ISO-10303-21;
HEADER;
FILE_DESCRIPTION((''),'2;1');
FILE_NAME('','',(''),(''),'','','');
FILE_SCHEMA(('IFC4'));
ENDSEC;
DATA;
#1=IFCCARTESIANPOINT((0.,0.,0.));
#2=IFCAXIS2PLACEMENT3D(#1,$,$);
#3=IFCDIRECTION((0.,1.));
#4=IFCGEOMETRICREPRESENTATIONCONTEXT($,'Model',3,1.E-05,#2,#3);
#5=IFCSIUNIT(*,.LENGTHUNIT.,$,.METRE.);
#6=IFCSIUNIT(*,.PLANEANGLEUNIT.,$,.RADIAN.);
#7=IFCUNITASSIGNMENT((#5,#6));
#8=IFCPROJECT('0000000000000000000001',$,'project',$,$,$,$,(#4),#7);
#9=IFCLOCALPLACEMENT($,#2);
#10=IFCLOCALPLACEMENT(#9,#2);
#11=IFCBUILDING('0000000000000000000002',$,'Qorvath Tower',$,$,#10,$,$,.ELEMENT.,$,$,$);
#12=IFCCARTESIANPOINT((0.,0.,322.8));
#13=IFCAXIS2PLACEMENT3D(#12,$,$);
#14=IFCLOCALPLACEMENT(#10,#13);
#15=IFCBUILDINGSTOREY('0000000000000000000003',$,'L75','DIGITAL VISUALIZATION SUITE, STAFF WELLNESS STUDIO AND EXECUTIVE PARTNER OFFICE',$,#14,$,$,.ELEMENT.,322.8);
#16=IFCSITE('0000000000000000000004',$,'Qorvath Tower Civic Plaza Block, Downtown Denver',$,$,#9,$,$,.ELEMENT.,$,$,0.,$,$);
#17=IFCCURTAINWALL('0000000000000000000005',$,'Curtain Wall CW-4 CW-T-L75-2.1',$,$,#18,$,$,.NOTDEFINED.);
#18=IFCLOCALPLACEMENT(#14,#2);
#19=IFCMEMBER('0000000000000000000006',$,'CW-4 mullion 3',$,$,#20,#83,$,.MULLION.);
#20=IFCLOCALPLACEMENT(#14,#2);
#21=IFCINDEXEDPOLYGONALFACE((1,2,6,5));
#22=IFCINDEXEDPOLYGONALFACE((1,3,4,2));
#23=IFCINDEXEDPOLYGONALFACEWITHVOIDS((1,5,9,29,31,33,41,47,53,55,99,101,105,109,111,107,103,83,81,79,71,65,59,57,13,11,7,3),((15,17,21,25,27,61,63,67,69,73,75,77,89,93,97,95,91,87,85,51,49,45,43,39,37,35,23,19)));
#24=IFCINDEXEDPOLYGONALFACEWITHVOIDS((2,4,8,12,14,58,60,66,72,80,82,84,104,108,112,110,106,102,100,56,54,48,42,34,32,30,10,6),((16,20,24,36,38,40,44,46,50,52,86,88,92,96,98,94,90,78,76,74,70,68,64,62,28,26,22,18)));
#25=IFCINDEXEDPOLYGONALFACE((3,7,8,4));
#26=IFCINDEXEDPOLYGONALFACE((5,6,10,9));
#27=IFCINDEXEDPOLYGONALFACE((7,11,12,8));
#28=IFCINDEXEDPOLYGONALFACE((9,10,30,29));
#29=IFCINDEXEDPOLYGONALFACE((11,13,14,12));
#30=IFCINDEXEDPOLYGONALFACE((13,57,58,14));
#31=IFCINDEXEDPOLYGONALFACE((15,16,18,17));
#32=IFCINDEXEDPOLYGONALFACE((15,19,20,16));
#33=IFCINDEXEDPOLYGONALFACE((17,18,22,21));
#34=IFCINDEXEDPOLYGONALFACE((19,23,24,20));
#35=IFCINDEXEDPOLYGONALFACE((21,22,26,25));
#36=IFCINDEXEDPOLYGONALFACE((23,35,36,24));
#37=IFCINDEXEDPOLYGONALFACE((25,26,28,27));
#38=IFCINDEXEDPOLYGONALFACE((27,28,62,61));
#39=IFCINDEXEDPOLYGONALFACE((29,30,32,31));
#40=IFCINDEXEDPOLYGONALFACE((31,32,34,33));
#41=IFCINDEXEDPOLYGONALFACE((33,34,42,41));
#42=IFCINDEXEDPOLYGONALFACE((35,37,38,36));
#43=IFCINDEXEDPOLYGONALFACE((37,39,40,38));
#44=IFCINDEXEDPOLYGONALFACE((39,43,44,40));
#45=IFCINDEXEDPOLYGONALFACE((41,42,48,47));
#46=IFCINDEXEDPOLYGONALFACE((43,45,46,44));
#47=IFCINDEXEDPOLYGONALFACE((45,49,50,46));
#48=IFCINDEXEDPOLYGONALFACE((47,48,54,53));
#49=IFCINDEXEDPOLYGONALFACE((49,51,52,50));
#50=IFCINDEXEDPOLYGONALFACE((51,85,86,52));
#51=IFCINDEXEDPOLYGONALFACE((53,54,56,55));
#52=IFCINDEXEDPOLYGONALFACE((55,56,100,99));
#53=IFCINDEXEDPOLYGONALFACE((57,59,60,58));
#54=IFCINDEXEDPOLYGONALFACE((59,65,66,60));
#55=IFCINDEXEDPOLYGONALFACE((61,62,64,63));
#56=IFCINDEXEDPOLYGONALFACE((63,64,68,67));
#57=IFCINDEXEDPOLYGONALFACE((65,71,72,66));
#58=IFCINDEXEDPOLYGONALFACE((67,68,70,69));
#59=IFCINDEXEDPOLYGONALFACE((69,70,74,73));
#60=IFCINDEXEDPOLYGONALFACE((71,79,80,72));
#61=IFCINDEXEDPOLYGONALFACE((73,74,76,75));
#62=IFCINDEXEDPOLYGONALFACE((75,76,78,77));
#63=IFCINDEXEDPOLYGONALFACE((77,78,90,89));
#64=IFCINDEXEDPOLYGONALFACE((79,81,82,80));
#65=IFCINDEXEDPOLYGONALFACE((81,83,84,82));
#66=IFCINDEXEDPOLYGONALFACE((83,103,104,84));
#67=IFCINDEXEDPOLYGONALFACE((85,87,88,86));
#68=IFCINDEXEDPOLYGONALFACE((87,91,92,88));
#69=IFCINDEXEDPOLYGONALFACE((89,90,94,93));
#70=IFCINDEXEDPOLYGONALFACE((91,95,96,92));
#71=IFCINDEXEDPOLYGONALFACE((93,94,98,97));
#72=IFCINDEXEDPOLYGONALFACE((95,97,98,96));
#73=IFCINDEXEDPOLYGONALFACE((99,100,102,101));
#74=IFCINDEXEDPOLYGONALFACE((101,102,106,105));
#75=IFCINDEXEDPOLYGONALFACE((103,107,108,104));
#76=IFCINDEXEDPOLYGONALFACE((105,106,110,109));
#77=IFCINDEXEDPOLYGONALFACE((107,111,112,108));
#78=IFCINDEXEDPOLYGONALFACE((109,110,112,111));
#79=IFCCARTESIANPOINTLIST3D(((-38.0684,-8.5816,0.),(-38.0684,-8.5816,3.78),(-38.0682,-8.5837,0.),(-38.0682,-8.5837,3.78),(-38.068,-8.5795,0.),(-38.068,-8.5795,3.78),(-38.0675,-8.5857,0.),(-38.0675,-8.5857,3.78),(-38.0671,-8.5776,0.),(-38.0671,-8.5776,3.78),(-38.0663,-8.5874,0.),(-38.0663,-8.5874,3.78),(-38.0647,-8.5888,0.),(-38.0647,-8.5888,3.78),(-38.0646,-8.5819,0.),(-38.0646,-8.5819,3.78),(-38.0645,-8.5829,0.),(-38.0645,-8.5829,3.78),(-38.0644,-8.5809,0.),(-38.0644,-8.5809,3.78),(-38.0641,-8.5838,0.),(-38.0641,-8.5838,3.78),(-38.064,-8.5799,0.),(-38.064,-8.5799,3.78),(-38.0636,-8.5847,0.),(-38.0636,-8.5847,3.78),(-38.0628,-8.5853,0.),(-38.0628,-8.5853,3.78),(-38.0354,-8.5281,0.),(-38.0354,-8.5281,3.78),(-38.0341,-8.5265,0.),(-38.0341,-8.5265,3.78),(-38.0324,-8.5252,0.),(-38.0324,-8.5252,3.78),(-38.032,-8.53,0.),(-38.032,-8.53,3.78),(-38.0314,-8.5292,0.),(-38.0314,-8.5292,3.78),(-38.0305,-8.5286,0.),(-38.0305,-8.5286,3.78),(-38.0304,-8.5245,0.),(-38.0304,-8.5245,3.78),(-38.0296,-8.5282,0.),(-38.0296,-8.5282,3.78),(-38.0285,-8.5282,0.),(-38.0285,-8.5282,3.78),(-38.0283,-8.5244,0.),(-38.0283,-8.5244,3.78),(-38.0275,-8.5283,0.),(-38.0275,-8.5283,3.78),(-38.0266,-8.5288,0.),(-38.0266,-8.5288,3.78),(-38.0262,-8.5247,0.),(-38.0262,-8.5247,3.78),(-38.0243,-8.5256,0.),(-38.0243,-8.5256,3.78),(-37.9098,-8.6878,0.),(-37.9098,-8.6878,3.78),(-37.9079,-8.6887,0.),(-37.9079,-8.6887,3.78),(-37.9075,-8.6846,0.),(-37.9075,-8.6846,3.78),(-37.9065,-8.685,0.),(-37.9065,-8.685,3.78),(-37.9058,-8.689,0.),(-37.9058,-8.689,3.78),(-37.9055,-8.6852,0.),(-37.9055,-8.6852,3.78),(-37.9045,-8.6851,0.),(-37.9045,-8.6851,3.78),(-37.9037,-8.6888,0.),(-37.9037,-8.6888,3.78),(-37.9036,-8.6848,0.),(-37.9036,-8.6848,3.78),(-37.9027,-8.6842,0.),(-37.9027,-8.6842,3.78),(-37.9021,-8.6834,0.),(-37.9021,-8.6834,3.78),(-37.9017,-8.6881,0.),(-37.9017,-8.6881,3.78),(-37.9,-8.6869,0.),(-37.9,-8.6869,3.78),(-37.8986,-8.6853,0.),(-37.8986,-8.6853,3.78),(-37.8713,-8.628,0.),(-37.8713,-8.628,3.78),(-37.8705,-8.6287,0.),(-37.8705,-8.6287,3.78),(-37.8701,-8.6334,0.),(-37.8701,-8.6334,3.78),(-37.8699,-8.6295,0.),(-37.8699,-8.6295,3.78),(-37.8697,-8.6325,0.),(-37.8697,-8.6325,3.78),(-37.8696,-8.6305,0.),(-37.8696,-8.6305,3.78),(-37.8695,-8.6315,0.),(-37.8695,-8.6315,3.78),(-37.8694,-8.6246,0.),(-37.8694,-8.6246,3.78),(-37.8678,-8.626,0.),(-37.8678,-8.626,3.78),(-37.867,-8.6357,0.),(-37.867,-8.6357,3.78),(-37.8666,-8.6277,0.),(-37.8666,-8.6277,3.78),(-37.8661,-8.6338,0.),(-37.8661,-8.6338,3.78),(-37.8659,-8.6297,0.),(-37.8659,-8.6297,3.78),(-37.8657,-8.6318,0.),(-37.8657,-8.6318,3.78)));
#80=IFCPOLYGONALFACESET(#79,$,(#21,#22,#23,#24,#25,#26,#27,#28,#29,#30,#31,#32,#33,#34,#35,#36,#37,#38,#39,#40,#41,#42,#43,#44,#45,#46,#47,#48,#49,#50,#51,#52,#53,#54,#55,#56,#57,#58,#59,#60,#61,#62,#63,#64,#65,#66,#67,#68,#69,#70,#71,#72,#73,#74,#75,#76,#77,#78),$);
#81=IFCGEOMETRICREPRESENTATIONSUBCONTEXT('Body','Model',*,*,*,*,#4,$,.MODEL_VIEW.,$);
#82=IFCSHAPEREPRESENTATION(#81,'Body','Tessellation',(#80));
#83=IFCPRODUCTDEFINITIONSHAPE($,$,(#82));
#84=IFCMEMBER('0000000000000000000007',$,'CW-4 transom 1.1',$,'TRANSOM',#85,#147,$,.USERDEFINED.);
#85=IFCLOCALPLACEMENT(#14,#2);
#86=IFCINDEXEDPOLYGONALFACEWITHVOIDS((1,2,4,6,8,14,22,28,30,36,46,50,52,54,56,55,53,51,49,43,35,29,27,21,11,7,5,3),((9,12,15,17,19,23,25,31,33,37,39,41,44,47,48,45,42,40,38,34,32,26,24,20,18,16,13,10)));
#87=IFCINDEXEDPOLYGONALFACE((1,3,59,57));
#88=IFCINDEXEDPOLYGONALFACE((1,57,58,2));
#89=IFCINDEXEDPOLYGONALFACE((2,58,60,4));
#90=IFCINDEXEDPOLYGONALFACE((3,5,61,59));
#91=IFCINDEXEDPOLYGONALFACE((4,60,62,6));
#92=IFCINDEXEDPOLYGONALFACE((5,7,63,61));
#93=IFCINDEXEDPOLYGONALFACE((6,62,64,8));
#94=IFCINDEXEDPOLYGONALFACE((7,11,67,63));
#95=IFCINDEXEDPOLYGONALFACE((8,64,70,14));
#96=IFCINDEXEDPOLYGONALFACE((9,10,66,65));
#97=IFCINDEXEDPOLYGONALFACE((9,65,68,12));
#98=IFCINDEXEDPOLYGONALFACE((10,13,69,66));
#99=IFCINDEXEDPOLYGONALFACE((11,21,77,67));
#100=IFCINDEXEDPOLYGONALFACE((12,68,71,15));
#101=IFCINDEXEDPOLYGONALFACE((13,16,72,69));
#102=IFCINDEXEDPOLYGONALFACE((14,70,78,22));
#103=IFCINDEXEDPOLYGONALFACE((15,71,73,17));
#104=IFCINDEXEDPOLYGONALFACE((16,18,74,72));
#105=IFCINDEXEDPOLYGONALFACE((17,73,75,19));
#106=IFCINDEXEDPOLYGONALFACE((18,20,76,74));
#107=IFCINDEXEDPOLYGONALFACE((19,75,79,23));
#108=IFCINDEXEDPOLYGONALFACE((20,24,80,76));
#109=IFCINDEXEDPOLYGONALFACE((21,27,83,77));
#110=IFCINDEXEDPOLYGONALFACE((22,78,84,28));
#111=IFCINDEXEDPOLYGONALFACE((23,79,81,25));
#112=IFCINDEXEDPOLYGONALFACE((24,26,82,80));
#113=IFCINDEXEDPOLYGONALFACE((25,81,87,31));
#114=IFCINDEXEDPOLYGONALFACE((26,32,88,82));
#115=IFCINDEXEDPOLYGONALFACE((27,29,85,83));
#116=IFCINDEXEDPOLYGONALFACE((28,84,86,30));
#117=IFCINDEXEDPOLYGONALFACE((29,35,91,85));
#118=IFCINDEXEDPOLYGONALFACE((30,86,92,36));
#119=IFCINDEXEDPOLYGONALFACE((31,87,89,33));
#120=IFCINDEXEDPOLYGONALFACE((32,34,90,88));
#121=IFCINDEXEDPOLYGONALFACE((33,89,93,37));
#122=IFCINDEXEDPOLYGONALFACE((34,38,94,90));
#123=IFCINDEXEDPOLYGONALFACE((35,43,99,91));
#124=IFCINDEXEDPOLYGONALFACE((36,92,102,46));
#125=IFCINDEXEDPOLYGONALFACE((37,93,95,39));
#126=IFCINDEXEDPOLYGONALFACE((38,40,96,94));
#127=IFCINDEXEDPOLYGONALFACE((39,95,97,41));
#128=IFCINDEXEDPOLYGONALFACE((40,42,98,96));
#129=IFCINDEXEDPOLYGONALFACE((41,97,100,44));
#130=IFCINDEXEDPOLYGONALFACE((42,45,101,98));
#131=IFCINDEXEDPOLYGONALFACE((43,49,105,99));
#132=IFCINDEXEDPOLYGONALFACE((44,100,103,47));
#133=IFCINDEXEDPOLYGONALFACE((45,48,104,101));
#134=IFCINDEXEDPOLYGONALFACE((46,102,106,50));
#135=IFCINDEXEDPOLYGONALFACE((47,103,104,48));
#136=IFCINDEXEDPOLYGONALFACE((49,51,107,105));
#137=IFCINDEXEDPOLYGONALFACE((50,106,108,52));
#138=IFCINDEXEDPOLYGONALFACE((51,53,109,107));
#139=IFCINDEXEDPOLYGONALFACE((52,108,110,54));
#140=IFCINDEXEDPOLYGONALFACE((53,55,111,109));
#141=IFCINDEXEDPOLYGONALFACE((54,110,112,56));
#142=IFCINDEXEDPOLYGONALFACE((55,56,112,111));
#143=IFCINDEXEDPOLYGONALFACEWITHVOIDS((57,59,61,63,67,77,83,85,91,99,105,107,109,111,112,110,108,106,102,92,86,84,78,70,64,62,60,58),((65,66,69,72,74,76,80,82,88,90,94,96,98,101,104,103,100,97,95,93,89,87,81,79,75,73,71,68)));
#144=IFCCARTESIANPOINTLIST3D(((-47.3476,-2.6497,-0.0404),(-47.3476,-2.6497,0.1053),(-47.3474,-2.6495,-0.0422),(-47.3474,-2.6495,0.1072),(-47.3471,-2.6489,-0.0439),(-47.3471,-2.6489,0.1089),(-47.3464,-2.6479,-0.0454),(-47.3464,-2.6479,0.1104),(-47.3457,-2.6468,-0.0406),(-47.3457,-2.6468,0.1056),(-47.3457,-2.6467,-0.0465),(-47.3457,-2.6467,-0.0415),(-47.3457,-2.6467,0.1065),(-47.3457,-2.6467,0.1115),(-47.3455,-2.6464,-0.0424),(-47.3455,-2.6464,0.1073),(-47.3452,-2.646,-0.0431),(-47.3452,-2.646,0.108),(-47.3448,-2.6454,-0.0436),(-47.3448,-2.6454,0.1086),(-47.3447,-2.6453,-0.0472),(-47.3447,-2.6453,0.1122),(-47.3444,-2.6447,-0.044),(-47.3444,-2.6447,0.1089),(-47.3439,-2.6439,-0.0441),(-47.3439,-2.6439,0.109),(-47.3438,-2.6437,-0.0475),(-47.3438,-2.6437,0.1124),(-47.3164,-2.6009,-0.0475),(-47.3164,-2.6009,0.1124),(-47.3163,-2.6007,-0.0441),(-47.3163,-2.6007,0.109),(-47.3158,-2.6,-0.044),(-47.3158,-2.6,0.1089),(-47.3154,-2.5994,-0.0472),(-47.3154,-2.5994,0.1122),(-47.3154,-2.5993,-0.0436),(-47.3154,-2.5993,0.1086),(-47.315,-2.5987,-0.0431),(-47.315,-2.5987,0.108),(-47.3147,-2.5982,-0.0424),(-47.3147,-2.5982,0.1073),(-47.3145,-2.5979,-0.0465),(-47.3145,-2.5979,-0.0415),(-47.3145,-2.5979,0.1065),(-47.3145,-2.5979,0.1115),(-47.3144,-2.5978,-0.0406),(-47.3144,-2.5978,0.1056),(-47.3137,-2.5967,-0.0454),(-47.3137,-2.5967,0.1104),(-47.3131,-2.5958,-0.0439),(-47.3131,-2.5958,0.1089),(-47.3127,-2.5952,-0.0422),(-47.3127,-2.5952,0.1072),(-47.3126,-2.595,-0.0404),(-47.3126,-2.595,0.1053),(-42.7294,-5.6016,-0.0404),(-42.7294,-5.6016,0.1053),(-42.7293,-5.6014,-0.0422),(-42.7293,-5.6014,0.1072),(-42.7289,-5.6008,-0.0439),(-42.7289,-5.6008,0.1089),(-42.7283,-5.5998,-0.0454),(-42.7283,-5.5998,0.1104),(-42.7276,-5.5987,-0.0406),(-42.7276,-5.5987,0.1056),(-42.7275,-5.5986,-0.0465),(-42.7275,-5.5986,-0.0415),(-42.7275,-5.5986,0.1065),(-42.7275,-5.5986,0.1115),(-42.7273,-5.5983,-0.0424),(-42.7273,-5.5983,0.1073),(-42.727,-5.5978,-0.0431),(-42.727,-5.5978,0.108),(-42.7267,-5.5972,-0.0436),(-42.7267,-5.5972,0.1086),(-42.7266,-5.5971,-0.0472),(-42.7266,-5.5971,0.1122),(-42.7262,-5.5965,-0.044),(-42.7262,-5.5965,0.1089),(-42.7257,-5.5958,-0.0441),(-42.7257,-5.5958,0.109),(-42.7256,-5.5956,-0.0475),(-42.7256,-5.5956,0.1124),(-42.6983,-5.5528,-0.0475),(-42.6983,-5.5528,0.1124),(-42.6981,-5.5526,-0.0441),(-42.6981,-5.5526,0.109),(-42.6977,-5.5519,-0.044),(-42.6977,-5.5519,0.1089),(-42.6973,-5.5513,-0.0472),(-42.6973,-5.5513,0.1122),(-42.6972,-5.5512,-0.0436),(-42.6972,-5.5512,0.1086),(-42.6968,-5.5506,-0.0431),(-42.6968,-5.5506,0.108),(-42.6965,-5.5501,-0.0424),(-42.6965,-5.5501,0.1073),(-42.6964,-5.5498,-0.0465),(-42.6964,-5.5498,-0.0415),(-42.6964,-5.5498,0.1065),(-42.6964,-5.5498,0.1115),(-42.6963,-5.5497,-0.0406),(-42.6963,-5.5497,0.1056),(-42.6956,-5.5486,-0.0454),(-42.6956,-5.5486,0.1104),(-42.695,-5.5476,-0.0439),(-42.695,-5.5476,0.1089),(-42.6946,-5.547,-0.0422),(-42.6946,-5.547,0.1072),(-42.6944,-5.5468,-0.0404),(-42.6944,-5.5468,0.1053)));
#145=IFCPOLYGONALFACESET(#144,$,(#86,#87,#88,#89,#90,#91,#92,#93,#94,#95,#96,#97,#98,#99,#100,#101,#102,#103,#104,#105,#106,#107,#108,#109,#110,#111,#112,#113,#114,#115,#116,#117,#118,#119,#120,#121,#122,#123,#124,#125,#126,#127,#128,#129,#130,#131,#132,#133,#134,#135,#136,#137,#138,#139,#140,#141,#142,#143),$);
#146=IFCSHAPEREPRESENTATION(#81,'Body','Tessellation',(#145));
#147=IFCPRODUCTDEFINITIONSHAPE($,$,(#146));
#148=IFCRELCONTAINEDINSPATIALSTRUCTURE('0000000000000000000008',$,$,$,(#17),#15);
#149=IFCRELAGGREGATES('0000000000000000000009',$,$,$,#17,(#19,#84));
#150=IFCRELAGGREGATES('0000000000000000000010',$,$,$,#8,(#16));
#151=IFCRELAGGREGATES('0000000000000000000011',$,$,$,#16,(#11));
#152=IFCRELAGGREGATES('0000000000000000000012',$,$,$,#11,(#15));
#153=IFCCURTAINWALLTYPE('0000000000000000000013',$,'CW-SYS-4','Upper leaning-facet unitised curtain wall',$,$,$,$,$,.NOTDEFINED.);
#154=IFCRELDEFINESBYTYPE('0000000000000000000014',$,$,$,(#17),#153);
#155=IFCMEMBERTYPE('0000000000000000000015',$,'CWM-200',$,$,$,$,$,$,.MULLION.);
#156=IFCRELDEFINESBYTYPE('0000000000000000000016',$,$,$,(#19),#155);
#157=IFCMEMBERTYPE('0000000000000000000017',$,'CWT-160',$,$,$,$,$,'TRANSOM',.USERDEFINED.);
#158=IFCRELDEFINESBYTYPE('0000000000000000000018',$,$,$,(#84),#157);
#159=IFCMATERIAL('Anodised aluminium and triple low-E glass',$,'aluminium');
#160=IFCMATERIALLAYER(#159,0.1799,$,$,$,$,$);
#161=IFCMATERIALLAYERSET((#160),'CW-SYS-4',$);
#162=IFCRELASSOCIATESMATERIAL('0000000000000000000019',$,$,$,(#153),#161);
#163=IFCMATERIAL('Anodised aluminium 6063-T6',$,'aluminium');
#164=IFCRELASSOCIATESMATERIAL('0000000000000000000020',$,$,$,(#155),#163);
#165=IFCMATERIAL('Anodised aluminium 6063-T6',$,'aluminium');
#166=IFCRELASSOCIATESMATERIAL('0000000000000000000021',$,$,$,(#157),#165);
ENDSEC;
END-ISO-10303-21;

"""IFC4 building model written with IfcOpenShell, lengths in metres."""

from ifc_helpers import new_model, si_unit, direction, frame, origin, origin_2d, place, context, subcontext, project, spatial, hollow_rectangle, extrude, material, layer, layer_set, material_profile, profile_set, type_object, element, aggregate, save


model = new_model("IFC4")

# Units and contexts
model_context = context("Model", 3, precision=1e-05, world=origin(), true_north=direction((0.0, 1.0)))
body_context = subcontext(model_context, "Body", "Model", "MODEL_VIEW")
ifc_project = project(units=[si_unit("LENGTHUNIT", "METRE"), si_unit("PLANEANGLEUNIT", "RADIAN")], contexts=[model_context])

# Site, building, storey
site_placement = place(None, origin())
site = spatial("IfcSite", under=ifc_project, at=site_placement, Name="Qorvath Tower Civic Plaza Block, Downtown Denver", CompositionType="ELEMENT", RefElevation=0.0)
building_placement = place(site_placement, origin())
building = spatial("IfcBuilding", under=site, at=building_placement, Name="Qorvath Tower", CompositionType="ELEMENT")
storey_placement = place(building_placement, frame((0.0, 0.0, 322.8)))
storey = spatial("IfcBuildingStorey", under=building, at=storey_placement, Name="L75", Description="DIGITAL VISUALIZATION SUITE, STAFF WELLNESS STUDIO AND EXECUTIVE PARTNER OFFICE", CompositionType="ELEMENT", Elevation=322.8)

# Curtain wall, members
ifc_material_1 = material(Name="Anodised aluminium and triple low-E glass", Category="aluminium")
ifc_layer_1 = layer(ifc_material_1, 0.1799)
ifc_layer_set_1 = layer_set([ifc_layer_1], Name="CW-SYS-4")
curtain_wall_type = type_object("IfcCurtainWallType", Name="CW-SYS-4", Description="Upper leaning-facet unitised curtain wall", PredefinedType="NOTDEFINED", material=ifc_layer_set_1)
curtain_wall_placement = place(storey_placement, origin())
curtain_wall = element("IfcCurtainWall", 1, at=curtain_wall_placement, inside=storey, type_object=curtain_wall_type, Name="Curtain Wall CW-4 CW-T-L75-2.1", PredefinedType="NOTDEFINED")
ifc_material_2 = material(Name="Anodised aluminium 6063-T6", Category="aluminium")
ifc_material_profile_1 = material_profile(ifc_material_2, hollow_rectangle(XDim=0.075, YDim=0.2, WallThickness=0.0039, InnerFilletRadius=0.0039, OuterFilletRadius=0.0081, at=origin_2d()), Name="CWM 200x75")
ifc_profile_set_1 = profile_set([ifc_material_profile_1], Name="Anodised aluminium 6063-T6")
member_type_1 = type_object("IfcMemberType", Name="CWM-200", PredefinedType="MULLION", material=ifc_profile_set_1)
member_1_placement = place(storey_placement, frame((-37.967, -8.6067, 0.0), z_axis=(0.0, 0.0, 1.0), x_axis=(0.538536, 0.842603, 0.0)))
member_1 = element("IfcMember", 2, at=member_1_placement, type_object=member_type_1, Name="CW-4 mullion 3", PredefinedType="MULLION", context=body_context, shape_type="SweptSolid", body=[
    extrude(hollow_rectangle(XDim=0.075, YDim=0.2, WallThickness=0.0039, InnerFilletRadius=0.0039, OuterFilletRadius=0.0081, at=origin_2d()), origin(), (0.0, 0.0, 1.0), 3.78),
])
ifc_material_3 = material(Name="Anodised aluminium 6063-T6", Category="aluminium")
ifc_material_profile_2 = material_profile(ifc_material_3, hollow_rectangle(XDim=0.0649, YDim=0.1599, WallThickness=0.0034, InnerFilletRadius=0.0034, OuterFilletRadius=0.0071, at=origin_2d()), Name="CWT 160x65")
ifc_profile_set_2 = profile_set([ifc_material_profile_2], Name="Anodised aluminium 6063-T6")
member_type_2 = type_object("IfcMemberType", Name="CWT-160", ElementType="TRANSOM", PredefinedType="USERDEFINED", material=ifc_profile_set_2)
member_2_placement = place(storey_placement, frame((-47.3301, -2.6223, 0.0325), z_axis=(0.842579, -0.538572, 0.0), x_axis=(0.538572, 0.842579, 0.0)))
member_2 = element("IfcMember", 3, at=member_2_placement, type_object=member_type_2, Name="CW-4 transom 1.1", ObjectType="TRANSOM", PredefinedType="USERDEFINED", context=body_context, shape_type="SweptSolid", body=[
    extrude(hollow_rectangle(XDim=0.0649, YDim=0.1599, WallThickness=0.0034, InnerFilletRadius=0.0034, OuterFilletRadius=0.0071, at=origin_2d()), origin(), (0.0, 0.0, 1.0), 5.481),
])
aggregate(curtain_wall, [member_1, member_2])

save(model, "model.ifc")
